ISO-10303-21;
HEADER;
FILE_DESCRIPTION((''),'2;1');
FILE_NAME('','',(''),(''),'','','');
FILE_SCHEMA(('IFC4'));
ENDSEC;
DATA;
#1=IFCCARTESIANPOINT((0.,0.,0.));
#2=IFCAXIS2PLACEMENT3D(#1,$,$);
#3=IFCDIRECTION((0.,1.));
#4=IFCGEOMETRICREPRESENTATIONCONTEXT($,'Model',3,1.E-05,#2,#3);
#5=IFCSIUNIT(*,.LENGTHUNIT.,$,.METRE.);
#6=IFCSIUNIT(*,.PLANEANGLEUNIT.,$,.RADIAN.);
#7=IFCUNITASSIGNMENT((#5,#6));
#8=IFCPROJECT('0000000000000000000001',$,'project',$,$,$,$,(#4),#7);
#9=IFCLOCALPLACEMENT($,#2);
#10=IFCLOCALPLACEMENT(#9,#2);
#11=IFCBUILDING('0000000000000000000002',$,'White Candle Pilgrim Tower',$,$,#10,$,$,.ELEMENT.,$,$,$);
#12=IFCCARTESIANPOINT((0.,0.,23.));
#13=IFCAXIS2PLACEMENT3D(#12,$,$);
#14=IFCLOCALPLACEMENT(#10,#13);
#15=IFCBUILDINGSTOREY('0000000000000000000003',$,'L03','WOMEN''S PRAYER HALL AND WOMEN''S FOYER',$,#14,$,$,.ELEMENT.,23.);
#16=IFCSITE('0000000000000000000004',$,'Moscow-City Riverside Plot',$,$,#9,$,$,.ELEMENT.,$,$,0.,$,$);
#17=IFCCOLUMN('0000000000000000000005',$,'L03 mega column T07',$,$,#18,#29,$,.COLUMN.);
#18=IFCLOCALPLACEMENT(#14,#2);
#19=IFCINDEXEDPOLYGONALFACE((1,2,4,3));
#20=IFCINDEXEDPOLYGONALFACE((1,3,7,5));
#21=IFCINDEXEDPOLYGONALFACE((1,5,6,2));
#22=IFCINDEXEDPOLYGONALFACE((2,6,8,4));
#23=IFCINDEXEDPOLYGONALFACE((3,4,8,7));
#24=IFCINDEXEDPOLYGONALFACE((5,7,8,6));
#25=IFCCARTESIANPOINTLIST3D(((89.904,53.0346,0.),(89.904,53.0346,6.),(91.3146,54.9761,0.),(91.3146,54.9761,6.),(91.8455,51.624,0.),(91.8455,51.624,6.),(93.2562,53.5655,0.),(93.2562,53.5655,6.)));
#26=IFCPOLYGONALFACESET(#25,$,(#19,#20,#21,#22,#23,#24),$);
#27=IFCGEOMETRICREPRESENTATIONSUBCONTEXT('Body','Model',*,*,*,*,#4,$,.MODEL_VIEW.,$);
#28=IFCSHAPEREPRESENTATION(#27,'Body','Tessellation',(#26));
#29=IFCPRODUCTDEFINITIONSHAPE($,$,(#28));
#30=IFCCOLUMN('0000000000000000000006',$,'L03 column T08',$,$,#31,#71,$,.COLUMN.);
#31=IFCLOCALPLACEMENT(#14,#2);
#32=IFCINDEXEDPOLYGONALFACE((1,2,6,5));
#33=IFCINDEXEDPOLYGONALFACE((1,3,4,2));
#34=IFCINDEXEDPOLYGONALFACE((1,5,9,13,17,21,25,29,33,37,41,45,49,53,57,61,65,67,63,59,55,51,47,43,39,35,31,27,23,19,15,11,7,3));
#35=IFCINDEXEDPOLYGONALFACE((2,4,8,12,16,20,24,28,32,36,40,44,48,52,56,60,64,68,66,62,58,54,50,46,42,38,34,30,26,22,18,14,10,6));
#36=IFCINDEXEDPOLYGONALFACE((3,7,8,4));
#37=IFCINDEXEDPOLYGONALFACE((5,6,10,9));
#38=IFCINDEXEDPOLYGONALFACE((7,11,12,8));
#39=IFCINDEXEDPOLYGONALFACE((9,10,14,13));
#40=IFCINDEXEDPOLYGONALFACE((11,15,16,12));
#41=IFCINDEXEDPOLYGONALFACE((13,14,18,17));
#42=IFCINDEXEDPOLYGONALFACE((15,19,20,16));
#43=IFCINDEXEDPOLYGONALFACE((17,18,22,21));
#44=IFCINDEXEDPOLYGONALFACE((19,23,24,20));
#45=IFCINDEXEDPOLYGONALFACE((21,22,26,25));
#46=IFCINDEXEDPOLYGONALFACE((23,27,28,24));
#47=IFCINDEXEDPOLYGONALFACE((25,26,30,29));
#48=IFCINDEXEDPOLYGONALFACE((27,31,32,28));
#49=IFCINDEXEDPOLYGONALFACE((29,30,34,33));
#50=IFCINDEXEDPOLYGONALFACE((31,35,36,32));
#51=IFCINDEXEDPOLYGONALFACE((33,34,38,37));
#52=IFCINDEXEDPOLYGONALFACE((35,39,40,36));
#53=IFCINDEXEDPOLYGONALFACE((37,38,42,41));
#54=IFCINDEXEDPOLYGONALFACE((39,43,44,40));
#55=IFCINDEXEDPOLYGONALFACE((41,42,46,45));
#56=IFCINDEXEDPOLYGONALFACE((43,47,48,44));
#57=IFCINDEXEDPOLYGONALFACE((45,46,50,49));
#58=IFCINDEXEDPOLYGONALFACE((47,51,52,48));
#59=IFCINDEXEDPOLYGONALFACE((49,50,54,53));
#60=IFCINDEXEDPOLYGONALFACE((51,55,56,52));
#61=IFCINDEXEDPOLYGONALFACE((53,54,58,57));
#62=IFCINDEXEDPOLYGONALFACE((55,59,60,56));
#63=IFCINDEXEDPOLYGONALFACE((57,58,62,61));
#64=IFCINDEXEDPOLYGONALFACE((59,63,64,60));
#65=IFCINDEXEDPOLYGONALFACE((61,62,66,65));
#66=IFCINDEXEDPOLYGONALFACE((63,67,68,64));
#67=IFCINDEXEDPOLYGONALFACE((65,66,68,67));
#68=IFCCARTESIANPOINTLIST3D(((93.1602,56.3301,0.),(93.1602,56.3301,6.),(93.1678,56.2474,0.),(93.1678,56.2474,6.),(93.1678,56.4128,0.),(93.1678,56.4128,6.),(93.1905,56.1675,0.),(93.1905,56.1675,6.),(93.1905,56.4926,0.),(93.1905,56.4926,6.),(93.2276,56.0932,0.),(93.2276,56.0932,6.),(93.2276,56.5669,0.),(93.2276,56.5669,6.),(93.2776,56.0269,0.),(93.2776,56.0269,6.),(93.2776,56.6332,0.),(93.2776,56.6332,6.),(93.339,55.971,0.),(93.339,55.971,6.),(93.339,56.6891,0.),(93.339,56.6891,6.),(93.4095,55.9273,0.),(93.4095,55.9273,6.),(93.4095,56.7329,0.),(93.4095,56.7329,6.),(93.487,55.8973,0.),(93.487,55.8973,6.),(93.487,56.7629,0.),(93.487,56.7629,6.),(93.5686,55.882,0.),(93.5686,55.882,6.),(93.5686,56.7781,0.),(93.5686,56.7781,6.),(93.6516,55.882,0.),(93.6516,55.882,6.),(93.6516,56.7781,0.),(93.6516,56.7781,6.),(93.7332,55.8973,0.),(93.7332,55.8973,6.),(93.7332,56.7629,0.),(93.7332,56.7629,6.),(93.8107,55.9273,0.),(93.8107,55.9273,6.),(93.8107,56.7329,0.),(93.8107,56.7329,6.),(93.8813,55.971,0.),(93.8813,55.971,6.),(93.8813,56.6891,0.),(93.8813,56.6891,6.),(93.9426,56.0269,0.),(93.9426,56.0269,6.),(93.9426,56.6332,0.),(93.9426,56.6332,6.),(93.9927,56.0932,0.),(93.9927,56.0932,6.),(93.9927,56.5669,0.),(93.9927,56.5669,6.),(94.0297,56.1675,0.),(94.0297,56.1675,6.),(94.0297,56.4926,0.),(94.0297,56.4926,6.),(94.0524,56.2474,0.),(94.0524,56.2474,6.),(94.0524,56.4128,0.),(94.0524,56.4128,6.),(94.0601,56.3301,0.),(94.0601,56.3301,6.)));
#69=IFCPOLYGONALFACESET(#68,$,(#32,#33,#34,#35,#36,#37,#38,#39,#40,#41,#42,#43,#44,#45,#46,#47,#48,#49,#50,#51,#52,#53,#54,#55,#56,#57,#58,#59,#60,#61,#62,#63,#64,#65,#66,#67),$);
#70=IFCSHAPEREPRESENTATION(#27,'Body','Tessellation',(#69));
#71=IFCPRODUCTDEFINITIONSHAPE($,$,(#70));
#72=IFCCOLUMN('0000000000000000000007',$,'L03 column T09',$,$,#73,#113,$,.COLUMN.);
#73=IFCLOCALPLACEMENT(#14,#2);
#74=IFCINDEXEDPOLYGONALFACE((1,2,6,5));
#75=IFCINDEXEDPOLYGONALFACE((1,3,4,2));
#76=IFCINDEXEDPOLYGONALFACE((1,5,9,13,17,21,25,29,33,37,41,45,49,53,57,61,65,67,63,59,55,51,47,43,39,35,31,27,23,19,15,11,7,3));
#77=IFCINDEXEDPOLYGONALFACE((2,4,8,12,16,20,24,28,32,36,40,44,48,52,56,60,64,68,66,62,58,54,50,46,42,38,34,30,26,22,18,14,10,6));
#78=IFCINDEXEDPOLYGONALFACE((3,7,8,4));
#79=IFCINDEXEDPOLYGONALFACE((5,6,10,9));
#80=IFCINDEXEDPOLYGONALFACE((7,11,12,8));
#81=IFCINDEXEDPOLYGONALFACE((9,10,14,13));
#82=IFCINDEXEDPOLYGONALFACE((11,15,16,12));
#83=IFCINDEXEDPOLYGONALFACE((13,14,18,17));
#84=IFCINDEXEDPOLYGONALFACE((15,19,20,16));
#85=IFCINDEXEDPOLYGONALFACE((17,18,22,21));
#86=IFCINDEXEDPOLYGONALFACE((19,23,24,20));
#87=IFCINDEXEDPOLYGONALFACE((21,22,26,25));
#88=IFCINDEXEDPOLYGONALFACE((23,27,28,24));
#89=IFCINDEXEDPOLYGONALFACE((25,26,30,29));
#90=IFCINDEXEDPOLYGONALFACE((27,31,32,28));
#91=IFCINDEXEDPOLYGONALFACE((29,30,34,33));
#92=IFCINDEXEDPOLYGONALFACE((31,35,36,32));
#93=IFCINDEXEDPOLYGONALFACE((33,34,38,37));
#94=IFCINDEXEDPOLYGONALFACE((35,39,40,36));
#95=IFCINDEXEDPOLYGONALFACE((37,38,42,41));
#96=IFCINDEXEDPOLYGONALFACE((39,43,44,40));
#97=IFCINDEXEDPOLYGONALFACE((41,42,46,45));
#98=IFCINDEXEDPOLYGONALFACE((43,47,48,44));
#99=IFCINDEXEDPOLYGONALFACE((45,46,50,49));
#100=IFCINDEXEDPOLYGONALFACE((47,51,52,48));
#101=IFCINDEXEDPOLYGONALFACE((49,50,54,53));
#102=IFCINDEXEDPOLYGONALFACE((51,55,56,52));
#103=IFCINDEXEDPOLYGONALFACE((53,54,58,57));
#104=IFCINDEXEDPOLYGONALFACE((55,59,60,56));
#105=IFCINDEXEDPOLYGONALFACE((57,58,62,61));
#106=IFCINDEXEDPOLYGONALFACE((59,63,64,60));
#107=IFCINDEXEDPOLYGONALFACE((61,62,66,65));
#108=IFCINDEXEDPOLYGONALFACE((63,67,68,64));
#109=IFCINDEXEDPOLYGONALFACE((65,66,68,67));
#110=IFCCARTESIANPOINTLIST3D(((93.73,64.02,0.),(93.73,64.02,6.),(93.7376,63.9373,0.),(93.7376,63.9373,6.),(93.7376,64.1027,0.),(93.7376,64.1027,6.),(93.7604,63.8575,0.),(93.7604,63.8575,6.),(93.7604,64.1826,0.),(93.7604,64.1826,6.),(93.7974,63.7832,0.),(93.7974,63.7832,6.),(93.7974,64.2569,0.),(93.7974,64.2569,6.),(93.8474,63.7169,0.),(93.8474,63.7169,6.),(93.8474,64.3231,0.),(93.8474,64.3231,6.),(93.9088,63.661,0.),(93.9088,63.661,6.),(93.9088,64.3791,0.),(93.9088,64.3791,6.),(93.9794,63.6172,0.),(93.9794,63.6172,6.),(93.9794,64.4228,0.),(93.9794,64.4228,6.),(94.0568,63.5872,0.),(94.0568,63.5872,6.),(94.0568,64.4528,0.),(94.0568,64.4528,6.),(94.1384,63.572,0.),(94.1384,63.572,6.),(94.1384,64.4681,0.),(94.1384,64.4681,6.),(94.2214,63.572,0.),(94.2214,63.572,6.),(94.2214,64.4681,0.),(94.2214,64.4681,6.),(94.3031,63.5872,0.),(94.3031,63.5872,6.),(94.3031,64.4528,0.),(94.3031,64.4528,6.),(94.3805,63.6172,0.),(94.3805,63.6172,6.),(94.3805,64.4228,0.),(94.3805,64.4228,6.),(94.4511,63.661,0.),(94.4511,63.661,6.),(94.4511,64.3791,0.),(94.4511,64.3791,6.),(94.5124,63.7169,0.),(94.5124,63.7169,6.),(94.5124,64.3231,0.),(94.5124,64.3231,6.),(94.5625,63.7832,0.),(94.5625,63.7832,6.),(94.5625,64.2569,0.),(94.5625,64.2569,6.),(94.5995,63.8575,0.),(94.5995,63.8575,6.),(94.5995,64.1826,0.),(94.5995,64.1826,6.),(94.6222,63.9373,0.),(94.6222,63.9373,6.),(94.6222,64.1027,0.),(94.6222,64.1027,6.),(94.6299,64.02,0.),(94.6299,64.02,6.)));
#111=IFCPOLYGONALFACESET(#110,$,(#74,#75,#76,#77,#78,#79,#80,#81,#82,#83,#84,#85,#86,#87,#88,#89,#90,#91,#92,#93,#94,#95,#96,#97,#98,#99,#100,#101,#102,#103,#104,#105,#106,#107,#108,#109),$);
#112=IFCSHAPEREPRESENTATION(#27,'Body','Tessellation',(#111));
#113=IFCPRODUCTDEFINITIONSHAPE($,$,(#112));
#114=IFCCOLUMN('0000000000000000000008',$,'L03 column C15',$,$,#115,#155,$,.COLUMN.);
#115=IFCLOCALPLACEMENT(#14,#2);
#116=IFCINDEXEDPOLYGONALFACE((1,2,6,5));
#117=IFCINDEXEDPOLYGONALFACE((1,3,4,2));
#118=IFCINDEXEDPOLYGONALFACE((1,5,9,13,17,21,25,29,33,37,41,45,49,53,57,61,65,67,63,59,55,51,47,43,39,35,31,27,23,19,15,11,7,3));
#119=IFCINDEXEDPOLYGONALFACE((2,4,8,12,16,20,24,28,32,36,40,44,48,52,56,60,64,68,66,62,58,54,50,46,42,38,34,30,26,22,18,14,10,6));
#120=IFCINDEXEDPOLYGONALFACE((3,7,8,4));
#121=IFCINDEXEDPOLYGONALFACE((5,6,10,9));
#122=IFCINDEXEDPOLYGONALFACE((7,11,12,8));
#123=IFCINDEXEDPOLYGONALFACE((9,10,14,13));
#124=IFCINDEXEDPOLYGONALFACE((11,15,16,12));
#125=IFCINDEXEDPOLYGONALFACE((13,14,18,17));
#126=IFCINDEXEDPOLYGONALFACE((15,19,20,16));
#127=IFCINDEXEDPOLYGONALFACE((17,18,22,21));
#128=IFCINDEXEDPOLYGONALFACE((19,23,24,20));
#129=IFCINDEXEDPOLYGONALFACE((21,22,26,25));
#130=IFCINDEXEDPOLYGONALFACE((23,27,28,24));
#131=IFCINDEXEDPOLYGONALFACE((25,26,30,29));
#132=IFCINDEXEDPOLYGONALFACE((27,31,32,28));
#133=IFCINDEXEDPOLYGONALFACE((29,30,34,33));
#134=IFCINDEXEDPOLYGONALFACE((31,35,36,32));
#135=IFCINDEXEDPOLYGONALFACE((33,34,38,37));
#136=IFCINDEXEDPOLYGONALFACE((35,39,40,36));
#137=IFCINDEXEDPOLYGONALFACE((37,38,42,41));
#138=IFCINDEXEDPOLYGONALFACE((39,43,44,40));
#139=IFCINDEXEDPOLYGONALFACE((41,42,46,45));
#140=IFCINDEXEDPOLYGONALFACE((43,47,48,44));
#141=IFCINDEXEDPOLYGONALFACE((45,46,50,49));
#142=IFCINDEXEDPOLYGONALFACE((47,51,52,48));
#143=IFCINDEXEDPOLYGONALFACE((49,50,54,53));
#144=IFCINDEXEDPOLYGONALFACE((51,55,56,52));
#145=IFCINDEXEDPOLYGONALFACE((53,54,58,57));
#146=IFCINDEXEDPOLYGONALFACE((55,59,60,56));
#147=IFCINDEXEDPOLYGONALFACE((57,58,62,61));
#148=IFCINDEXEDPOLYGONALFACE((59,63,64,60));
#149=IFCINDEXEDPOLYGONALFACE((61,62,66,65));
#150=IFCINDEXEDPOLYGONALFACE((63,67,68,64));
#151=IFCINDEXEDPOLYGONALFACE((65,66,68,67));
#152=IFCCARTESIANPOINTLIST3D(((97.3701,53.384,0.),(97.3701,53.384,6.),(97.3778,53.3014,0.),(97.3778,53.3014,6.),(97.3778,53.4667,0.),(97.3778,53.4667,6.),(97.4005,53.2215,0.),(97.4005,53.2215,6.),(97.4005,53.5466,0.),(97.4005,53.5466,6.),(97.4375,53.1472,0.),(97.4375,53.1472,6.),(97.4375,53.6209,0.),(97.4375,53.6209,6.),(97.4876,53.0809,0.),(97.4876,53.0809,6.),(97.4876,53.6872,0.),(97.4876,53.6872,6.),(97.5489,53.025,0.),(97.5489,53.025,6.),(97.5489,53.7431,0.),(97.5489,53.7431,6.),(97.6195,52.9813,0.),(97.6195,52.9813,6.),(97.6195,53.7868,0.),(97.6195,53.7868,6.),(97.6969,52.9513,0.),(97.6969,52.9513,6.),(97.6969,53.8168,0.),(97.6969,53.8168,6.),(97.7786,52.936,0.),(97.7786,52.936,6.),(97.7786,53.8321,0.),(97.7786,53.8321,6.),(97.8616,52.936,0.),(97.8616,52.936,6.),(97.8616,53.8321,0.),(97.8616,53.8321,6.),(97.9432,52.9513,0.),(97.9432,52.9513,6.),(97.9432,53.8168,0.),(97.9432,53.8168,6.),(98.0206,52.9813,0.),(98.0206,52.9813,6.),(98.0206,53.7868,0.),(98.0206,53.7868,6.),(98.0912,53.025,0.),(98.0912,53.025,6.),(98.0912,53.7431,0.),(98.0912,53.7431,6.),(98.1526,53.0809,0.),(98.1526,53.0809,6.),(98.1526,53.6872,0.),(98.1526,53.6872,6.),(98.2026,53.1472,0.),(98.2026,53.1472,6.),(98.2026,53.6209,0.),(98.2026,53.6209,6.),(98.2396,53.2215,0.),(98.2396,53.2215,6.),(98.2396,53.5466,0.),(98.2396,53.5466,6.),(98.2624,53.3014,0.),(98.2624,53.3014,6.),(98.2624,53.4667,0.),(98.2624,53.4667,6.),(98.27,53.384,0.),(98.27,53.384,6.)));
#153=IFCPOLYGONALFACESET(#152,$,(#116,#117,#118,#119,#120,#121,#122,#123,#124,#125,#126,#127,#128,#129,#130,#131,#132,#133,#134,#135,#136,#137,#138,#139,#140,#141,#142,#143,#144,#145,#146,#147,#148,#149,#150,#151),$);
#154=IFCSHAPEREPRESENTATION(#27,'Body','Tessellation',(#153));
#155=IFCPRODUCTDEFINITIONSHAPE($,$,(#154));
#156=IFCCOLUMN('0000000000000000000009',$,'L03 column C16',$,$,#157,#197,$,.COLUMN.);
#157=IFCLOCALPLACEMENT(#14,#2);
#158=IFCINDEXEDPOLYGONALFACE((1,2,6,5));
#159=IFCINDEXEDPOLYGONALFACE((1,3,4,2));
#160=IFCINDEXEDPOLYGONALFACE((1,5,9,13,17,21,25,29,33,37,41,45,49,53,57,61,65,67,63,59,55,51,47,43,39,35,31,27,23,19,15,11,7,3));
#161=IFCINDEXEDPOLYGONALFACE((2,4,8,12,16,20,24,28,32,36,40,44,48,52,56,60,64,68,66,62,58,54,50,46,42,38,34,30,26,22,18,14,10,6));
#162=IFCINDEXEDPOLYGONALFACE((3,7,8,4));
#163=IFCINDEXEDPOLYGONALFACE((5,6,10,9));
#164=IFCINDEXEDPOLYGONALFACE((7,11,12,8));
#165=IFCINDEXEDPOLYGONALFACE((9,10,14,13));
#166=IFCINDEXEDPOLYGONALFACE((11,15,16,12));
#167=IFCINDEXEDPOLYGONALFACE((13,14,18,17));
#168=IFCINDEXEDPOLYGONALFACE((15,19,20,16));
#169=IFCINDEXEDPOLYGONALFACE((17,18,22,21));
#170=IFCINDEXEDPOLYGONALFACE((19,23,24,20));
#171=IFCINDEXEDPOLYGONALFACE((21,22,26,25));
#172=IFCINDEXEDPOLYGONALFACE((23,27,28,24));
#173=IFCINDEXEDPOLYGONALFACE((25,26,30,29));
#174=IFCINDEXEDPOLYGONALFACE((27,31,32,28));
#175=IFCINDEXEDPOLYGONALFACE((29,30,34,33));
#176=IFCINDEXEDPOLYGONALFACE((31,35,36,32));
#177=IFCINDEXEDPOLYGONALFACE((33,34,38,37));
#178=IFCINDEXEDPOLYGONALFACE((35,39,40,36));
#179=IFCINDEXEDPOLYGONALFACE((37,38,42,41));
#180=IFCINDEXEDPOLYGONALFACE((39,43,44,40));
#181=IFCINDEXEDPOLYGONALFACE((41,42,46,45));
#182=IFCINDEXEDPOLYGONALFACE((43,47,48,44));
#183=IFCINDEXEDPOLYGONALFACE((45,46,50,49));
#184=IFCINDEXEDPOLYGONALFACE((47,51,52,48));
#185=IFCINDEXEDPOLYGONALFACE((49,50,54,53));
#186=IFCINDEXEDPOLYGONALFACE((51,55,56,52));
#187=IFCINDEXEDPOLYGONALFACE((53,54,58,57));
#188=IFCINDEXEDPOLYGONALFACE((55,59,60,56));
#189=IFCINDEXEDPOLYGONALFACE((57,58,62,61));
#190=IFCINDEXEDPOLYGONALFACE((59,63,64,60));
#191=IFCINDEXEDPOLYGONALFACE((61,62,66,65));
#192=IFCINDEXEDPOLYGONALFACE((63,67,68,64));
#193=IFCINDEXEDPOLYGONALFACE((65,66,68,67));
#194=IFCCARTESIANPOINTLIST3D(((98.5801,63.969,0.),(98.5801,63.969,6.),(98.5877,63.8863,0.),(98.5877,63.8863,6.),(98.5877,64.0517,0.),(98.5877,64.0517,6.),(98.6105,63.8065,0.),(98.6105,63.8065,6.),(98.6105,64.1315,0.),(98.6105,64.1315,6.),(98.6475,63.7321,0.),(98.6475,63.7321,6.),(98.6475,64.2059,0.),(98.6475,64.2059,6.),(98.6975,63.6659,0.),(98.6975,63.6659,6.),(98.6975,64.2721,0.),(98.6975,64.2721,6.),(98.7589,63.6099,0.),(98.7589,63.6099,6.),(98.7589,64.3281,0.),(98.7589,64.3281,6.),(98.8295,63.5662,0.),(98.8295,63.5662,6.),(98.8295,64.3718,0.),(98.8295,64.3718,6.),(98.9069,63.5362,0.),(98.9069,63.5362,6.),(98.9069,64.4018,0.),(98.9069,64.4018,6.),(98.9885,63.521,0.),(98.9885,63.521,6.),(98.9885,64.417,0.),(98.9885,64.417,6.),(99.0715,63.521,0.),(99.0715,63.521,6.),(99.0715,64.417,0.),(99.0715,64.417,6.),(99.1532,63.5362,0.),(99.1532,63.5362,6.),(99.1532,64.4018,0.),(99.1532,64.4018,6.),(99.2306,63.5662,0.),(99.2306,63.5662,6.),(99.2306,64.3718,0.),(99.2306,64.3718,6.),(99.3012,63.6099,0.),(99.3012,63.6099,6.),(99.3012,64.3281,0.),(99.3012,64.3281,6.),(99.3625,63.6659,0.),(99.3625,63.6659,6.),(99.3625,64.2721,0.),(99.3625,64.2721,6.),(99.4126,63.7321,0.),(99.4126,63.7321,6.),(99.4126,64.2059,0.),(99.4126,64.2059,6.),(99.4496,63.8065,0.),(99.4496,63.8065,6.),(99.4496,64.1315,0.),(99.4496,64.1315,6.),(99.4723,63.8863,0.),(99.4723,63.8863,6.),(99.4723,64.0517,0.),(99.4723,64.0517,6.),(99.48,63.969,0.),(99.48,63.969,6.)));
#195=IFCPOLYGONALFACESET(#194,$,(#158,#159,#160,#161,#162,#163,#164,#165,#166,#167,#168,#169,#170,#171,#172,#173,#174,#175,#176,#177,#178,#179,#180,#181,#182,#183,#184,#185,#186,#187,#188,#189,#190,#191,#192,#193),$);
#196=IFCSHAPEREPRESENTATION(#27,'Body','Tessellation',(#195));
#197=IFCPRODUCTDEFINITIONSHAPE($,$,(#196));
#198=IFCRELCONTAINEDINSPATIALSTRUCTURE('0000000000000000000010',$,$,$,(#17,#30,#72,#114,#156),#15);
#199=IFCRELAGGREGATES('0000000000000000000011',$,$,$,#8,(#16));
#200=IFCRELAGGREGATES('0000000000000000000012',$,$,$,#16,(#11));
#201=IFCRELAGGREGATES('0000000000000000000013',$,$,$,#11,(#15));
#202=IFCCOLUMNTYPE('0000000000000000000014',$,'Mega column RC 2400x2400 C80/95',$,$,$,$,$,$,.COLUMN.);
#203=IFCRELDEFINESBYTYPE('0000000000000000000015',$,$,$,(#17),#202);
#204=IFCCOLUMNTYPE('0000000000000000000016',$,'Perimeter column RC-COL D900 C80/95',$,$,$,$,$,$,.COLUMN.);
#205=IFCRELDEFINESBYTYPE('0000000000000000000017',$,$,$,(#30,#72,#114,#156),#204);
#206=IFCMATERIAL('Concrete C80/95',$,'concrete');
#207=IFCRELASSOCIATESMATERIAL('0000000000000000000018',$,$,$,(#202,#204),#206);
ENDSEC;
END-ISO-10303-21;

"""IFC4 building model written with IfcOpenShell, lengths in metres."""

from ifc_helpers import new_model, si_unit, direction, frame, origin, origin_2d, place, context, subcontext, project, spatial, rectangle, circle, extrude, material, material_profile, profile_set, type_object, element, save


model = new_model("IFC4")

# Units and contexts
model_context = context("Model", 3, precision=1e-05, world=origin(), true_north=direction((0.0, 1.0)))
body_context = subcontext(model_context, "Body", "Model", "MODEL_VIEW")
ifc_project = project(units=[si_unit("LENGTHUNIT", "METRE"), si_unit("PLANEANGLEUNIT", "RADIAN")], contexts=[model_context])

# Site, building, storey
site_placement = place(None, origin())
site = spatial("IfcSite", under=ifc_project, at=site_placement, Name="Moscow-City Riverside Plot", CompositionType="ELEMENT", RefElevation=0.0)
building_placement = place(site_placement, origin())
building = spatial("IfcBuilding", under=site, at=building_placement, Name="White Candle Pilgrim Tower", CompositionType="ELEMENT")
storey_placement = place(building_placement, frame((0.0, 0.0, 23.0)))
storey = spatial("IfcBuildingStorey", under=building, at=storey_placement, Name="L03", Description="WOMEN'S PRAYER HALL AND WOMEN'S FOYER", CompositionType="ELEMENT", Elevation=23.0)

# Columns
ifc_material_1 = material(Name="Concrete C80/95", Category="concrete")
ifc_material_profile_1 = material_profile(ifc_material_1, rectangle(XDim=2.3999, YDim=2.3999, at=origin_2d()), Name="RC 2400x2400")
ifc_profile_set_1 = profile_set([ifc_material_profile_1], Name="Concrete C80/95")
column_type_1 = type_object("IfcColumnType", Name="Mega column RC 2400x2400 C80/95", PredefinedType="COLUMN", material=ifc_profile_set_1)
column_1_placement = place(storey_placement, frame((91.5801, 53.3, 0.0), z_axis=(0.0, 0.0, 1.0), x_axis=(0.809017, -0.587785, 0.0)))
element("IfcColumn", 1, at=column_1_placement, inside=storey, type_object=column_type_1, Name="L03 mega column T07", PredefinedType="COLUMN", context=body_context, shape_type="SweptSolid", body=[
    extrude(rectangle(XDim=2.3999, YDim=2.3999, at=origin_2d()), origin(), (0.0, 0.0, 1.0), 6.0),
])
ifc_material_profile_2 = material_profile(ifc_material_1, circle(Radius=0.45, at=origin_2d()), Name="RC-COL D900")
ifc_profile_set_2 = profile_set([ifc_material_profile_2], Name="Concrete C80/95")
column_type_2 = type_object("IfcColumnType", Name="Perimeter column RC-COL D900 C80/95", PredefinedType="COLUMN", material=ifc_profile_set_2)
for number, where, z_axis, x_axis, name in (
    (2, (93.6101, 56.3301, 0.0), (0.0, 0.0, 1.0), (1.0, 0.0, 0.0), "L03 column T08"),
    (3, (94.1799, 64.02, 0.0), (0.0, 0.0, 1.0), (1.0, 0.0, 0.0), "L03 column T09"),
    (4, (97.8201, 53.384, 0.0), (0.0, 0.0, 1.0), (1.0, 0.0, 0.0), "L03 column C15"),
    (5, (99.03, 63.969, 0.0), (0.0, 0.0, 1.0), (1.0, 0.0, 0.0), "L03 column C16"),
):
    element("IfcColumn", number, at=place(storey_placement, frame(where, z_axis=z_axis, x_axis=x_axis)), inside=storey, type_object=column_type_2, Name=name, PredefinedType="COLUMN", context=body_context, shape_type="SweptSolid", body=[
        extrude(circle(Radius=0.45, at=origin_2d()), origin(), (0.0, 0.0, 1.0), 6.0),
    ])

save(model, "model.ifc")
